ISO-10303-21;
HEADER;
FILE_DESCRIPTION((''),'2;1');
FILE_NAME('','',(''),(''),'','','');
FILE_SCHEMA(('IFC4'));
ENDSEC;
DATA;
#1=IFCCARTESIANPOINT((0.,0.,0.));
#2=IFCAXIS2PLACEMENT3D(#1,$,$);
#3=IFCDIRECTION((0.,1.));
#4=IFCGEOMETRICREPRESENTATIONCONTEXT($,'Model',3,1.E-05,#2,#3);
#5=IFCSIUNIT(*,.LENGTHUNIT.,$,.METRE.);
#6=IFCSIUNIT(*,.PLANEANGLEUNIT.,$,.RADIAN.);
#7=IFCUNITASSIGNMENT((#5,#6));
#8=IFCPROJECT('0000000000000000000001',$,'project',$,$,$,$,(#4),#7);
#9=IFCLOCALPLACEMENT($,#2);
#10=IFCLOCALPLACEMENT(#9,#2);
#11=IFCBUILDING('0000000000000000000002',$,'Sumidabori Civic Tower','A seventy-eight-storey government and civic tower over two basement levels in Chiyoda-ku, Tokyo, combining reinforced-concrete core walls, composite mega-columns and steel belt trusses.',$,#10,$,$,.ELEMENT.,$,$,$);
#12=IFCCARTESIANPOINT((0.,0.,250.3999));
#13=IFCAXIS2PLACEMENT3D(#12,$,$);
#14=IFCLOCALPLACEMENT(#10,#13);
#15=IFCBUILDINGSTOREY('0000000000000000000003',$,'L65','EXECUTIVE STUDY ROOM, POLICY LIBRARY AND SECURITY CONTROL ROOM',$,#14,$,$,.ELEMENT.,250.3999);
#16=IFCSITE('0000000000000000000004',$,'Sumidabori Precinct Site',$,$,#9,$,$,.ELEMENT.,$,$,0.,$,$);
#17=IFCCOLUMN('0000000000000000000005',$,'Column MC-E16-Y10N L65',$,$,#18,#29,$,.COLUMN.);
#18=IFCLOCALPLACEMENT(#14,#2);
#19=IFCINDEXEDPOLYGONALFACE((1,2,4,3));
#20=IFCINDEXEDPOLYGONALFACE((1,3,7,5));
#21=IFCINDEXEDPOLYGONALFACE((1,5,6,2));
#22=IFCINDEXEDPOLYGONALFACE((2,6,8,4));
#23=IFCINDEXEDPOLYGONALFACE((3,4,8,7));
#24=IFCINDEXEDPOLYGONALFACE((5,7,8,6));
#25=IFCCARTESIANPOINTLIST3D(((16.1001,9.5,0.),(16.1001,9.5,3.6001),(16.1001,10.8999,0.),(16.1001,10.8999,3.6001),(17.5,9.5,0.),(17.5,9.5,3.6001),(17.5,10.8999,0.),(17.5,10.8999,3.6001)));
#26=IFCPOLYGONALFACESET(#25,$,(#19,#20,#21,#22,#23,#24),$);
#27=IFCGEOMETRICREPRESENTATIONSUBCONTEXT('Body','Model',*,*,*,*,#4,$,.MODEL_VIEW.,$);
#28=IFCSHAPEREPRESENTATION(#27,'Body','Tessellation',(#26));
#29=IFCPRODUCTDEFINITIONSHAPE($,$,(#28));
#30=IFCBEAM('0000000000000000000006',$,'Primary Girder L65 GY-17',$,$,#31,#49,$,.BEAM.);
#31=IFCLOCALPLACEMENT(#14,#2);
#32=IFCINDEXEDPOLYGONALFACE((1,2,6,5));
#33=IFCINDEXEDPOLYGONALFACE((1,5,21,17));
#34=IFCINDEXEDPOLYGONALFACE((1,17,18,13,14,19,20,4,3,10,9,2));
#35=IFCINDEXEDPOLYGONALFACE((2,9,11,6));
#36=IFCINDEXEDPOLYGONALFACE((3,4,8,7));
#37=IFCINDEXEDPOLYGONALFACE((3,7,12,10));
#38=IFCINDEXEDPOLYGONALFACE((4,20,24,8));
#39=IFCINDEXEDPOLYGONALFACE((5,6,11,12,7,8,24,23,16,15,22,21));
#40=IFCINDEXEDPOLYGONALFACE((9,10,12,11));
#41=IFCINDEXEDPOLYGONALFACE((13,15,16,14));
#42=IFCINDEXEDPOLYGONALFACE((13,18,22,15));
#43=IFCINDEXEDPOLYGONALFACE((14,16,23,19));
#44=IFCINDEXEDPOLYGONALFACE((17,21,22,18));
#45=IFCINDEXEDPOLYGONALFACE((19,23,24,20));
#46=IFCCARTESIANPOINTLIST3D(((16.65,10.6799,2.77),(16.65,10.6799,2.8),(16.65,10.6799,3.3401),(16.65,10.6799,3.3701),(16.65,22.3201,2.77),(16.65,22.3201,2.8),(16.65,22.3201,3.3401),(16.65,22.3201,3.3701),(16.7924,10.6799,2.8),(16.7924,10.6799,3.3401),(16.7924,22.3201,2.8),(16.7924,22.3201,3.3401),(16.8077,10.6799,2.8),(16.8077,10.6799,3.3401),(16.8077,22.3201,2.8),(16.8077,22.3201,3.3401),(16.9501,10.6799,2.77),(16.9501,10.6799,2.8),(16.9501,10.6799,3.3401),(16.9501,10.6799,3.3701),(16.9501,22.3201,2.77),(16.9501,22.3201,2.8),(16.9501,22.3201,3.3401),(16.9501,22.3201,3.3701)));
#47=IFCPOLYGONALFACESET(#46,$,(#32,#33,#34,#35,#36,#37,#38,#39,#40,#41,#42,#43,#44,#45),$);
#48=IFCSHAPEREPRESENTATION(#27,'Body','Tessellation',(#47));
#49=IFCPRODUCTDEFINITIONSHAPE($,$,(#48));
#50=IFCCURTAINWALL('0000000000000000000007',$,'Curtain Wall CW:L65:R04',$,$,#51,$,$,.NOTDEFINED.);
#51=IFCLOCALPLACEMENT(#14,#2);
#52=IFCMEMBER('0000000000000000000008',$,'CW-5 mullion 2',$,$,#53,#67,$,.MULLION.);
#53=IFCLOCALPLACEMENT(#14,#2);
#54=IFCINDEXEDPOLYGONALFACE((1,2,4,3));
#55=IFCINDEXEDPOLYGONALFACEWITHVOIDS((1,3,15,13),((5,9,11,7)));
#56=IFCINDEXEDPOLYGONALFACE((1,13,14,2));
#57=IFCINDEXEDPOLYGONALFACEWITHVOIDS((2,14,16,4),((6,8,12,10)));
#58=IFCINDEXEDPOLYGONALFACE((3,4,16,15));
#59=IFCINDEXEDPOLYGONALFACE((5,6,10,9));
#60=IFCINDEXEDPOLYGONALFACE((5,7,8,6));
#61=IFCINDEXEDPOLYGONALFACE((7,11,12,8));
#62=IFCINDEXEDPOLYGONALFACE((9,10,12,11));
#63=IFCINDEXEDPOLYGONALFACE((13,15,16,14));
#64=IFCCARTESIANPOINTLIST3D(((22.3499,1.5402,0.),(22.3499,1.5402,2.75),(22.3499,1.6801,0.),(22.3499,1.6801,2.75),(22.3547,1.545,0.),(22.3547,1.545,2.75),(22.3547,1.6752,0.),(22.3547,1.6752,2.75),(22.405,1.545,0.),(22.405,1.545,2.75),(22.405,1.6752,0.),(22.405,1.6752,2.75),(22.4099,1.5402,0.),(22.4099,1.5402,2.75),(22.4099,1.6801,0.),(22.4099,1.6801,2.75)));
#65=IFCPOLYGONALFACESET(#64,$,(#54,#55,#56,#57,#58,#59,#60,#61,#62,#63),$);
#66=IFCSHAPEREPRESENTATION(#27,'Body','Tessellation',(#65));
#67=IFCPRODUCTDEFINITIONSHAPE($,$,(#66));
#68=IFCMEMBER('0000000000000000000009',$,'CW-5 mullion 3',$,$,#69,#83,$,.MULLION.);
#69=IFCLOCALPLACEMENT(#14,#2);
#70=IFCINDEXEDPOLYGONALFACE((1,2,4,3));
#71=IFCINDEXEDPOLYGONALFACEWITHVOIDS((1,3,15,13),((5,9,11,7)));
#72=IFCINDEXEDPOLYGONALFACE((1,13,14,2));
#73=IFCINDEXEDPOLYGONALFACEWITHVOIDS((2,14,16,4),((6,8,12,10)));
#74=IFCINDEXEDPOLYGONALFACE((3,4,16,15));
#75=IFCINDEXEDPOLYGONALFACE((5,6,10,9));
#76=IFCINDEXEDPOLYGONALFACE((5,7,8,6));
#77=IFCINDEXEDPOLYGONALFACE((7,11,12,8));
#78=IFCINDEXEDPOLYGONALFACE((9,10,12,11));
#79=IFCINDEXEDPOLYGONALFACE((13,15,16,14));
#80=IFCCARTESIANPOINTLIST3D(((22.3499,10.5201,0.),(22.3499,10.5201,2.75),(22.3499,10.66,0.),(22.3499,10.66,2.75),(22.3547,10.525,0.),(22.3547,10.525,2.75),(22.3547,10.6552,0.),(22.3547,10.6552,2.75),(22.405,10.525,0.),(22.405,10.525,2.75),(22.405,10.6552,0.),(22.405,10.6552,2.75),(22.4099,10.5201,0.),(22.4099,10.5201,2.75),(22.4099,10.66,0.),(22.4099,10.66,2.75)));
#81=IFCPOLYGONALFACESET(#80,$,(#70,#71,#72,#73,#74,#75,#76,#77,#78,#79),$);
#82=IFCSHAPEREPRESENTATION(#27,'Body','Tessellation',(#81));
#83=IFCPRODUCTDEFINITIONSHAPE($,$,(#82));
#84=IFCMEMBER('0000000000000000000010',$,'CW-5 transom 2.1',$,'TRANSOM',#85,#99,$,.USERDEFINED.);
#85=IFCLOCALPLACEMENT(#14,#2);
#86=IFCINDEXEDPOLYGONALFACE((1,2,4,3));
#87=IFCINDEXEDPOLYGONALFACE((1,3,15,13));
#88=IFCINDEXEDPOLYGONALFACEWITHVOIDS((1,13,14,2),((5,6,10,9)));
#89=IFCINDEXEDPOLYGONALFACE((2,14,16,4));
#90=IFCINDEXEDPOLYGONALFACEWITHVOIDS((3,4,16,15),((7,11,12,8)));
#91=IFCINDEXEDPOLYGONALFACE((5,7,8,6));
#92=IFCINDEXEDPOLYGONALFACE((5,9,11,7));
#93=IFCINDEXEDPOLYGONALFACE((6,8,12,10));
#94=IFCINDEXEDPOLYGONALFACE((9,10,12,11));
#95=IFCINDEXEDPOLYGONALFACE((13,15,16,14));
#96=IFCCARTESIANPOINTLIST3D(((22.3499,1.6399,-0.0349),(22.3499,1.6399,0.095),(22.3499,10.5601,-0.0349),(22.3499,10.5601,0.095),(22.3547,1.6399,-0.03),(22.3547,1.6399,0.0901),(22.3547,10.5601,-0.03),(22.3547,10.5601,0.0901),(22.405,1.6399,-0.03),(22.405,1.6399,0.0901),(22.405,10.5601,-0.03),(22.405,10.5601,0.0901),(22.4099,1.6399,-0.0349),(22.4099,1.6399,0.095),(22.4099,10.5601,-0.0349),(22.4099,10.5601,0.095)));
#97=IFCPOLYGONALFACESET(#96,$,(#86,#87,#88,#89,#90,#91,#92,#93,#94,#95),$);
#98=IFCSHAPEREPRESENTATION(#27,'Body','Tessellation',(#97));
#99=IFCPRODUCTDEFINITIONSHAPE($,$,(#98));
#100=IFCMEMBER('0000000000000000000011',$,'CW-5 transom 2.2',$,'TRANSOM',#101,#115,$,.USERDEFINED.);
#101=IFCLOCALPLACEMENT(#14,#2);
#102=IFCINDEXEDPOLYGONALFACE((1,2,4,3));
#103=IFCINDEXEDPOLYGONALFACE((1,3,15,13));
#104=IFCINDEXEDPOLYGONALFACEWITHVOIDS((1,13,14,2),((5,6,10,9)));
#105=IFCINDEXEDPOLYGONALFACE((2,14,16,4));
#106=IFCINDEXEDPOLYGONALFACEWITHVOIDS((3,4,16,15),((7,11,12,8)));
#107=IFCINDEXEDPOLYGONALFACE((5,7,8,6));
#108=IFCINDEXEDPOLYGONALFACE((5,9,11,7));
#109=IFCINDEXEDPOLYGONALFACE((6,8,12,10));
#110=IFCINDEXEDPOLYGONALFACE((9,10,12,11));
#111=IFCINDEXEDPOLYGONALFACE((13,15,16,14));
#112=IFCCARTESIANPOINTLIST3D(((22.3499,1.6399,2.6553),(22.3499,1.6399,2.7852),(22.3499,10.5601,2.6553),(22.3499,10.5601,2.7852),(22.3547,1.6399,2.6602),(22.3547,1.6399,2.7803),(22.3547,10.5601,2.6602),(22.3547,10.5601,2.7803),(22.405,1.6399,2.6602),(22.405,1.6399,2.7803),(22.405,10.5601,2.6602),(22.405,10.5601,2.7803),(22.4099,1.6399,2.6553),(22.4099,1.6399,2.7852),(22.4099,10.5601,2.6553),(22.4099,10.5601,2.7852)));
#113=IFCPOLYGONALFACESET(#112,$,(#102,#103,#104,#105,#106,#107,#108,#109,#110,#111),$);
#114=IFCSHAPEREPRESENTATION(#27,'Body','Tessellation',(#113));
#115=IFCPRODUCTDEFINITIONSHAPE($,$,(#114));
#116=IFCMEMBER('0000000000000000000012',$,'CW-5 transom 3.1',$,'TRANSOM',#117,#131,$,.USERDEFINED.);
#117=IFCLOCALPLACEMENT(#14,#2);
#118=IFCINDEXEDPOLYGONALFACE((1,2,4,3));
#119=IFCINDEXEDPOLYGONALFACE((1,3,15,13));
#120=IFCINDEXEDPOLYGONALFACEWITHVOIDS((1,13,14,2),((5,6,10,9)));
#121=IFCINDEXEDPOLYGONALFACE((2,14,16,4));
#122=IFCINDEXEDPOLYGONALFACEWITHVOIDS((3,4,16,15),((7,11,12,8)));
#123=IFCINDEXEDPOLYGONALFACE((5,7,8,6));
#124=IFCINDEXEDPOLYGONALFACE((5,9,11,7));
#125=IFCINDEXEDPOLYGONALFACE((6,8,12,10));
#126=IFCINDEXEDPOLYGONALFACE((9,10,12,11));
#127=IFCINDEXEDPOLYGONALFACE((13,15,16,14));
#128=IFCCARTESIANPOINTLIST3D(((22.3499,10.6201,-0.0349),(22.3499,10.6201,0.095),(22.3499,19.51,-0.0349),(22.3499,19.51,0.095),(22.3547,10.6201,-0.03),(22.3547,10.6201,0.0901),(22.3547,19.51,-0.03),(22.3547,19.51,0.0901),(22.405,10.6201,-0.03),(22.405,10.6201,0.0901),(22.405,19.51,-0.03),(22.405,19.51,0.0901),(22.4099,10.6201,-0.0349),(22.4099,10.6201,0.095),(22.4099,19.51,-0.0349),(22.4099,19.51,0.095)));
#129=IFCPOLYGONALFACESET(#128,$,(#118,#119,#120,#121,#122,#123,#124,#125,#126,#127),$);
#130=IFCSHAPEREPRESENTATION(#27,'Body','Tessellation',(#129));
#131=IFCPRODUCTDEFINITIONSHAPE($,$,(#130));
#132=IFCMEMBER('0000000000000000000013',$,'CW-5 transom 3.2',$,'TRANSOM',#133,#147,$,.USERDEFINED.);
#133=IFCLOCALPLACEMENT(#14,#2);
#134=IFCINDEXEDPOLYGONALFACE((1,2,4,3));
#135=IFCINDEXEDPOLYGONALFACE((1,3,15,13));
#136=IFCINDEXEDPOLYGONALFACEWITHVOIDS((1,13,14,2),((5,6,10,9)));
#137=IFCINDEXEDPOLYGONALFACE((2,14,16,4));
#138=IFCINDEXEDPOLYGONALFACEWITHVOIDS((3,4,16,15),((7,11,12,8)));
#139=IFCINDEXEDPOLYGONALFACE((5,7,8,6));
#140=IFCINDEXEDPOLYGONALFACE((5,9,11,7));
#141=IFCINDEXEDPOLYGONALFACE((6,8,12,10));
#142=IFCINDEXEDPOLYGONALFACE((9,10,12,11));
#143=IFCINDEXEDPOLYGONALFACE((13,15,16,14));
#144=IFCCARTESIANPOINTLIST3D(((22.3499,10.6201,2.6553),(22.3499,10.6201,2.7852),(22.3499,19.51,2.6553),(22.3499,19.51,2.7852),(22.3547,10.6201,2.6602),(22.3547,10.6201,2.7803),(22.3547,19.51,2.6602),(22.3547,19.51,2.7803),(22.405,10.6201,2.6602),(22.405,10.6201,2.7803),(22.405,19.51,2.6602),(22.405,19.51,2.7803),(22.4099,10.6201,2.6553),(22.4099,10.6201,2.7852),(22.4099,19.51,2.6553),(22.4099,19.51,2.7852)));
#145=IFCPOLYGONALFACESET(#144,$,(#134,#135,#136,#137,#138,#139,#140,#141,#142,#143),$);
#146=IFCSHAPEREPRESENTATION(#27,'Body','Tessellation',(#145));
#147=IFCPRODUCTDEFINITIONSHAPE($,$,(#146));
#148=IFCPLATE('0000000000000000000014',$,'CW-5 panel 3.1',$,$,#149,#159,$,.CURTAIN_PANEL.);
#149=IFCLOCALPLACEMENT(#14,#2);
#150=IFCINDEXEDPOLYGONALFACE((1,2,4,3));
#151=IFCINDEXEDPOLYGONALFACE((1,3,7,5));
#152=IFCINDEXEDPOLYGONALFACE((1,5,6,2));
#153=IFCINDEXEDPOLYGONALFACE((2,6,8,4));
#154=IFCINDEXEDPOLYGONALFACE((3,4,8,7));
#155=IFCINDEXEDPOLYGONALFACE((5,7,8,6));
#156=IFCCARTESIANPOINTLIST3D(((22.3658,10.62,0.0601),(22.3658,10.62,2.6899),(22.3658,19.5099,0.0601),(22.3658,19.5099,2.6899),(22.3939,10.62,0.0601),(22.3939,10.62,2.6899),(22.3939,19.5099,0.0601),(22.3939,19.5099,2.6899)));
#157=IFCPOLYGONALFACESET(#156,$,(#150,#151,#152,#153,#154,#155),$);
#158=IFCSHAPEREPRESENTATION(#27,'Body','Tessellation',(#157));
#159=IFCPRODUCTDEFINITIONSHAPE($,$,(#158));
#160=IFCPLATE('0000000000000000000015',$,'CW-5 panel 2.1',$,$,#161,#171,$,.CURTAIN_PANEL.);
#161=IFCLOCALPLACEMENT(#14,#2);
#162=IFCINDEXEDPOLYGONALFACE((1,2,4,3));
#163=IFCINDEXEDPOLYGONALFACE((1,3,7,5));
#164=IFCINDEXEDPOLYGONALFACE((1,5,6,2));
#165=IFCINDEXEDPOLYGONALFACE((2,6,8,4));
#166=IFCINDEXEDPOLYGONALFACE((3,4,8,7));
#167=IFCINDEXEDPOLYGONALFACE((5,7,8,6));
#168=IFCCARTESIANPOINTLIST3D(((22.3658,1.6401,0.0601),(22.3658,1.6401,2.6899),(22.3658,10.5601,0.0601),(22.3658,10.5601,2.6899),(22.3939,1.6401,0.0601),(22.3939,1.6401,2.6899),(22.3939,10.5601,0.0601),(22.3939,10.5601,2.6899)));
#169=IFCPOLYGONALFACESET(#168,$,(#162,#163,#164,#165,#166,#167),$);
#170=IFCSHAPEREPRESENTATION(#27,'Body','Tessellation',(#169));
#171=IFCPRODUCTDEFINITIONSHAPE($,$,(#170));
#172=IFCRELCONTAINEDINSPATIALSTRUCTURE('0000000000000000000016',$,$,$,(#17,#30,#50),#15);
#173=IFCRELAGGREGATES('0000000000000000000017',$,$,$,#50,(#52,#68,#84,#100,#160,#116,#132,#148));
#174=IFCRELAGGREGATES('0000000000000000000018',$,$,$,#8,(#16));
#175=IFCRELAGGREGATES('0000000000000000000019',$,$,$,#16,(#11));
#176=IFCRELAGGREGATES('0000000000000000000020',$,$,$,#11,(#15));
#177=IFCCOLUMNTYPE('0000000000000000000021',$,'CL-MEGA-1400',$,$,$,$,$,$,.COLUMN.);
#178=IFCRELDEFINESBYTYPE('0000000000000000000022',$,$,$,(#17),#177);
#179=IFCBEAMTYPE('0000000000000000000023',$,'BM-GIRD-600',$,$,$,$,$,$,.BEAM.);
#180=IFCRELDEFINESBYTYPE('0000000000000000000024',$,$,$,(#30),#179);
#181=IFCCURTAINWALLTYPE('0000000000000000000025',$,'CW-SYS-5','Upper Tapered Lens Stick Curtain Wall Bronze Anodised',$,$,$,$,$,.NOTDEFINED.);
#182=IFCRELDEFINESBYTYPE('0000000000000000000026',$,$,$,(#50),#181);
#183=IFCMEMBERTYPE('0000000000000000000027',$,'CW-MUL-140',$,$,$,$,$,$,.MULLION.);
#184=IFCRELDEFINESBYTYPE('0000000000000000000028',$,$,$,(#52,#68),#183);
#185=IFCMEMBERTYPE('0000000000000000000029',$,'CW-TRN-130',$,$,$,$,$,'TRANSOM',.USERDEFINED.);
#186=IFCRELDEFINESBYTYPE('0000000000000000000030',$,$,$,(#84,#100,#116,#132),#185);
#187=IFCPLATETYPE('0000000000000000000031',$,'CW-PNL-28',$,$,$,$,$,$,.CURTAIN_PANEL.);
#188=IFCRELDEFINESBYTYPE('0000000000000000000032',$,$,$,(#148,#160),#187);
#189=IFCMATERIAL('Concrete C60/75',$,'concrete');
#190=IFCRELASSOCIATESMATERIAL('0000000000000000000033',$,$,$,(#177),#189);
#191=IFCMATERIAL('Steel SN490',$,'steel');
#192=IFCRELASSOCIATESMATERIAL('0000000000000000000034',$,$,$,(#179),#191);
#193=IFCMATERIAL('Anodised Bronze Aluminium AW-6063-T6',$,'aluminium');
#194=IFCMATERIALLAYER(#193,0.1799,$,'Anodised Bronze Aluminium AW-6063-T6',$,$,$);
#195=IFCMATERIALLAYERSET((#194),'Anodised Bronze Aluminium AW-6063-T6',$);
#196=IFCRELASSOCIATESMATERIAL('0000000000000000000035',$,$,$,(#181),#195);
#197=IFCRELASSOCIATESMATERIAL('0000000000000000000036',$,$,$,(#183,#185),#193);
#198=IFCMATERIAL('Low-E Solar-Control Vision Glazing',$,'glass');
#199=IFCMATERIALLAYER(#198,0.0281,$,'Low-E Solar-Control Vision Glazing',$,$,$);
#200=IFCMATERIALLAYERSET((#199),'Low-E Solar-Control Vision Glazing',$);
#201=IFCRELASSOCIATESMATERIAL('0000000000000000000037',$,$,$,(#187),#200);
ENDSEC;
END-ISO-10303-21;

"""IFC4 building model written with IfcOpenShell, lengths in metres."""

from ifc_helpers import new_model, si_unit, direction, frame, origin, origin_2d, place, context, subcontext, project, spatial, rectangle, hollow_rectangle, i_section, extrude, source, transform, mapped, material, layer, layer_set, material_profile, profile_set, type_object, element, aggregate, save


model = new_model("IFC4")

# Units and contexts
model_context = context("Model", 3, precision=1e-05, world=origin(), true_north=direction((0.0, 1.0)))
body_context = subcontext(model_context, "Body", "Model", "MODEL_VIEW")
ifc_project = project(units=[si_unit("LENGTHUNIT", "METRE"), si_unit("PLANEANGLEUNIT", "RADIAN")], contexts=[model_context])

# Site, building, storey
site_placement = place(None, origin())
site = spatial("IfcSite", under=ifc_project, at=site_placement, Name="Sumidabori Precinct Site", CompositionType="ELEMENT", RefElevation=0.0)
building_placement = place(site_placement, origin())
building = spatial("IfcBuilding", under=site, at=building_placement, Name="Sumidabori Civic Tower", Description="A seventy-eight-storey government and civic tower over two basement levels in Chiyoda-ku, Tokyo, combining reinforced-concrete core walls, composite mega-columns and steel belt trusses.", CompositionType="ELEMENT")
storey_placement = place(building_placement, frame((0.0, 0.0, 250.3999)))
storey = spatial("IfcBuildingStorey", under=building, at=storey_placement, Name="L65", Description="EXECUTIVE STUDY ROOM, POLICY LIBRARY AND SECURITY CONTROL ROOM", CompositionType="ELEMENT", Elevation=250.3999)

# Column
ifc_material_1 = material(Name="Concrete C60/75", Category="concrete")
ifc_material_profile_1 = material_profile(ifc_material_1, rectangle(XDim=1.3999, YDim=1.3999, at=origin_2d()), Name="RC 1400x1400")
ifc_profile_set_1 = profile_set([ifc_material_profile_1], Name="Concrete C60/75")
column_type = type_object("IfcColumnType", Name="CL-MEGA-1400", PredefinedType="COLUMN", material=ifc_profile_set_1)
shared_shape_1 = source(origin(), body_context, "Body", "SweptSolid", [
    extrude(rectangle(XDim=1.3999, YDim=1.3999, at=origin_2d()), origin(), (0.0, 0.0, 1.0), 3.6001),
])
column_placement = place(storey_placement, frame((16.8, 10.2, 0.0), z_axis=(0.0, 0.0, 1.0), x_axis=(1.0, 0.0, 0.0)))
element("IfcColumn", 1, at=column_placement, inside=storey, type_object=column_type, Name="Column MC-E16-Y10N L65", PredefinedType="COLUMN", context=body_context, shape_type="MappedRepresentation", body=[
    mapped(shared_shape_1, transform((0.0, 0.0, 0.0), x_axis=(1.0, 0.0, 0.0), y_axis=(0.0, 1.0, 0.0), z_axis=(0.0, 0.0, 1.0), scale=1.0)),
])

# Beam
ifc_material_2 = material(Name="Steel SN490", Category="steel")
ifc_material_profile_2 = material_profile(ifc_material_2, i_section(OverallWidth=0.3, OverallDepth=0.6001, WebThickness=0.0154, FlangeThickness=0.03, at=origin_2d()), Name="HE 600 B")
ifc_profile_set_2 = profile_set([ifc_material_profile_2], Name="Steel SN490")
beam_type = type_object("IfcBeamType", Name="BM-GIRD-600", PredefinedType="BEAM", material=ifc_profile_set_2)
shared_shape_2 = source(origin(), body_context, "Body", "SweptSolid", [
    extrude(i_section(OverallWidth=0.3, OverallDepth=0.6001, WebThickness=0.0154, FlangeThickness=0.03, at=origin_2d()), origin(), (0.0, 0.0, 1.0), 11.6401),
])
beam_placement = place(storey_placement, frame((16.8, 10.6799, 3.0701), z_axis=(0.0, 1.0, 0.0), x_axis=(-1.0, 0.0, 0.0)))
element("IfcBeam", 2, at=beam_placement, inside=storey, type_object=beam_type, Name="Primary Girder L65 GY-17", PredefinedType="BEAM", context=body_context, shape_type="MappedRepresentation", body=[
    mapped(shared_shape_2, transform((0.0, 0.0, 0.0), x_axis=(1.0, 0.0, 0.0), y_axis=(0.0, 1.0, 0.0), z_axis=(0.0, 0.0, 1.0), scale=1.0)),
])

# Curtain wall, members, plates
ifc_material_3 = material(Name="Anodised Bronze Aluminium AW-6063-T6", Category="aluminium")
ifc_layer_1 = layer(ifc_material_3, 0.1799, Name="Anodised Bronze Aluminium AW-6063-T6")
ifc_layer_set_1 = layer_set([ifc_layer_1], Name="Anodised Bronze Aluminium AW-6063-T6")
curtain_wall_type = type_object("IfcCurtainWallType", Name="CW-SYS-5", Description="Upper Tapered Lens Stick Curtain Wall Bronze Anodised", PredefinedType="NOTDEFINED", material=ifc_layer_set_1)
curtain_wall_placement = place(storey_placement, origin())
curtain_wall = element("IfcCurtainWall", 3, at=curtain_wall_placement, inside=storey, type_object=curtain_wall_type, Name="Curtain Wall CW:L65:R04", PredefinedType="NOTDEFINED")
ifc_material_profile_3 = material_profile(ifc_material_3, hollow_rectangle(XDim=0.0601, YDim=0.1399, WallThickness=0.0049, at=origin_2d()), Name="ALU MULLION 140x60")
ifc_profile_set_3 = profile_set([ifc_material_profile_3], Name="Anodised Bronze Aluminium AW-6063-T6")
member_type_1 = type_object("IfcMemberType", Name="CW-MUL-140", PredefinedType="MULLION", material=ifc_profile_set_3)
shared_shape_3 = source(origin(), body_context, "Body", "SweptSolid", [
    extrude(hollow_rectangle(XDim=0.0601, YDim=0.1399, WallThickness=0.0049, at=origin_2d()), origin(), (0.0, 0.0, 1.0), 2.75),
])
member_1_placement = place(storey_placement, frame((22.3799, 1.6101, 0.0), z_axis=(0.0, 0.0, 1.0), x_axis=(-1.0, 0.0, 0.0)))
member_1 = element("IfcMember", 4, at=member_1_placement, type_object=member_type_1, Name="CW-5 mullion 2", PredefinedType="MULLION", context=body_context, shape_type="MappedRepresentation", body=[
    mapped(shared_shape_3, transform((0.0, 0.0, 0.0), x_axis=(1.0, 0.0, 0.0), y_axis=(0.0, 1.0, 0.0), z_axis=(0.0, 0.0, 1.0), scale=1.0)),
])
member_2_placement = place(storey_placement, frame((22.3799, 10.5901, 0.0), z_axis=(0.0, 0.0, 1.0), x_axis=(-1.0, 0.0, 0.0)))
member_2 = element("IfcMember", 5, at=member_2_placement, type_object=member_type_1, Name="CW-5 mullion 3", PredefinedType="MULLION", context=body_context, shape_type="MappedRepresentation", body=[
    mapped(shared_shape_3, transform((0.0, 0.0, 0.0), x_axis=(1.0, 0.0, 0.0), y_axis=(0.0, 1.0, 0.0), z_axis=(0.0, 0.0, 1.0), scale=1.0)),
])
ifc_material_profile_4 = material_profile(ifc_material_3, hollow_rectangle(XDim=0.0601, YDim=0.1299, WallThickness=0.0049, at=origin_2d()), Name="ALU TRANSOM 130x60")
ifc_profile_set_4 = profile_set([ifc_material_profile_4], Name="Anodised Bronze Aluminium AW-6063-T6")
member_type_2 = type_object("IfcMemberType", Name="CW-TRN-130", ElementType="TRANSOM", PredefinedType="USERDEFINED", material=ifc_profile_set_4)
shared_shape_4 = source(origin(), body_context, "Body", "SweptSolid", [
    extrude(hollow_rectangle(XDim=0.0601, YDim=0.1299, WallThickness=0.0049, at=origin_2d()), origin(), (0.0, 0.0, 1.0), 8.9202),
])
member_3_placement = place(storey_placement, frame((22.3799, 1.6399, 0.03), z_axis=(0.0, 1.0, 0.0), x_axis=(-1.0, 0.0, 0.0)))
member_3 = element("IfcMember", 6, at=member_3_placement, type_object=member_type_2, Name="CW-5 transom 2.1", ObjectType="TRANSOM", PredefinedType="USERDEFINED", context=body_context, shape_type="MappedRepresentation", body=[
    mapped(shared_shape_4, transform((0.0, 0.0, 0.0), x_axis=(1.0, 0.0, 0.0), y_axis=(0.0, 1.0, 0.0), z_axis=(0.0, 0.0, 1.0), scale=1.0)),
])
member_4_placement = place(storey_placement, frame((22.3799, 1.6399, 2.7202), z_axis=(0.0, 1.0, 0.0), x_axis=(-1.0, 0.0, 0.0)))
member_4 = element("IfcMember", 7, at=member_4_placement, type_object=member_type_2, Name="CW-5 transom 2.2", ObjectType="TRANSOM", PredefinedType="USERDEFINED", context=body_context, shape_type="MappedRepresentation", body=[
    mapped(shared_shape_4, transform((0.0, 0.0, 0.0), x_axis=(1.0, 0.0, 0.0), y_axis=(0.0, 1.0, 0.0), z_axis=(0.0, 0.0, 1.0), scale=1.0)),
])
shared_shape_5 = source(origin(), body_context, "Body", "SweptSolid", [
    extrude(hollow_rectangle(XDim=0.0601, YDim=0.1299, WallThickness=0.0049, at=origin_2d()), origin(), (0.0, 0.0, 1.0), 8.8899),
])
member_5_placement = place(storey_placement, frame((22.3799, 10.6201, 0.03), z_axis=(0.0, 1.0, 0.0), x_axis=(-1.0, 0.0, 0.0)))
member_5 = element("IfcMember", 8, at=member_5_placement, type_object=member_type_2, Name="CW-5 transom 3.1", ObjectType="TRANSOM", PredefinedType="USERDEFINED", context=body_context, shape_type="MappedRepresentation", body=[
    mapped(shared_shape_5, transform((0.0, 0.0, 0.0), x_axis=(1.0, 0.0, 0.0), y_axis=(0.0, 1.0, 0.0), z_axis=(0.0, 0.0, 1.0), scale=1.0)),
])
member_6_placement = place(storey_placement, frame((22.3799, 10.6201, 2.7202), z_axis=(0.0, 1.0, 0.0), x_axis=(-1.0, 0.0, 0.0)))
member_6 = element("IfcMember", 9, at=member_6_placement, type_object=member_type_2, Name="CW-5 transom 3.2", ObjectType="TRANSOM", PredefinedType="USERDEFINED", context=body_context, shape_type="MappedRepresentation", body=[
    mapped(shared_shape_5, transform((0.0, 0.0, 0.0), x_axis=(1.0, 0.0, 0.0), y_axis=(0.0, 1.0, 0.0), z_axis=(0.0, 0.0, 1.0), scale=1.0)),
])
ifc_material_4 = material(Name="Low-E Solar-Control Vision Glazing", Category="glass")
ifc_layer_2 = layer(ifc_material_4, 0.0281, Name="Low-E Solar-Control Vision Glazing")
ifc_layer_set_2 = layer_set([ifc_layer_2], Name="Low-E Solar-Control Vision Glazing")
plate_type = type_object("IfcPlateType", Name="CW-PNL-28", PredefinedType="CURTAIN_PANEL", material=ifc_layer_set_2)
shared_shape_6 = source(origin(), body_context, "Body", "SweptSolid", [
    extrude(rectangle(XDim=8.8899, YDim=0.0281, at=origin_2d()), origin(), (0.0, 0.0, 1.0), 2.6299),
])
plate_1_placement = place(storey_placement, frame((22.3799, 15.0649, 0.0601), z_axis=(0.0, 0.0, 1.0), x_axis=(0.0, 1.0, 0.0)))
plate_1 = element("IfcPlate", 10, at=plate_1_placement, type_object=plate_type, Name="CW-5 panel 3.1", PredefinedType="CURTAIN_PANEL", context=body_context, shape_type="MappedRepresentation", body=[
    mapped(shared_shape_6, transform((0.0, 0.0, 0.0), x_axis=(1.0, 0.0, 0.0), y_axis=(0.0, 1.0, 0.0), z_axis=(0.0, 0.0, 1.0), scale=1.0)),
])
shared_shape_7 = source(origin(), body_context, "Body", "SweptSolid", [
    extrude(rectangle(XDim=8.9199, YDim=0.0281, at=origin_2d()), origin(), (0.0, 0.0, 1.0), 2.6299),
])
plate_2_placement = place(storey_placement, frame((22.3799, 6.1001, 0.0601), z_axis=(0.0, 0.0, 1.0), x_axis=(0.0, 1.0, 0.0)))
plate_2 = element("IfcPlate", 11, at=plate_2_placement, type_object=plate_type, Name="CW-5 panel 2.1", PredefinedType="CURTAIN_PANEL", context=body_context, shape_type="MappedRepresentation", body=[
    mapped(shared_shape_7, transform((0.0, 0.0, 0.0), x_axis=(1.0, 0.0, 0.0), y_axis=(0.0, 1.0, 0.0), z_axis=(0.0, 0.0, 1.0), scale=1.0)),
])
aggregate(curtain_wall, [member_1, member_2, member_3, member_4, plate_2, member_5, member_6, plate_1])

save(model, "model.ifc")
